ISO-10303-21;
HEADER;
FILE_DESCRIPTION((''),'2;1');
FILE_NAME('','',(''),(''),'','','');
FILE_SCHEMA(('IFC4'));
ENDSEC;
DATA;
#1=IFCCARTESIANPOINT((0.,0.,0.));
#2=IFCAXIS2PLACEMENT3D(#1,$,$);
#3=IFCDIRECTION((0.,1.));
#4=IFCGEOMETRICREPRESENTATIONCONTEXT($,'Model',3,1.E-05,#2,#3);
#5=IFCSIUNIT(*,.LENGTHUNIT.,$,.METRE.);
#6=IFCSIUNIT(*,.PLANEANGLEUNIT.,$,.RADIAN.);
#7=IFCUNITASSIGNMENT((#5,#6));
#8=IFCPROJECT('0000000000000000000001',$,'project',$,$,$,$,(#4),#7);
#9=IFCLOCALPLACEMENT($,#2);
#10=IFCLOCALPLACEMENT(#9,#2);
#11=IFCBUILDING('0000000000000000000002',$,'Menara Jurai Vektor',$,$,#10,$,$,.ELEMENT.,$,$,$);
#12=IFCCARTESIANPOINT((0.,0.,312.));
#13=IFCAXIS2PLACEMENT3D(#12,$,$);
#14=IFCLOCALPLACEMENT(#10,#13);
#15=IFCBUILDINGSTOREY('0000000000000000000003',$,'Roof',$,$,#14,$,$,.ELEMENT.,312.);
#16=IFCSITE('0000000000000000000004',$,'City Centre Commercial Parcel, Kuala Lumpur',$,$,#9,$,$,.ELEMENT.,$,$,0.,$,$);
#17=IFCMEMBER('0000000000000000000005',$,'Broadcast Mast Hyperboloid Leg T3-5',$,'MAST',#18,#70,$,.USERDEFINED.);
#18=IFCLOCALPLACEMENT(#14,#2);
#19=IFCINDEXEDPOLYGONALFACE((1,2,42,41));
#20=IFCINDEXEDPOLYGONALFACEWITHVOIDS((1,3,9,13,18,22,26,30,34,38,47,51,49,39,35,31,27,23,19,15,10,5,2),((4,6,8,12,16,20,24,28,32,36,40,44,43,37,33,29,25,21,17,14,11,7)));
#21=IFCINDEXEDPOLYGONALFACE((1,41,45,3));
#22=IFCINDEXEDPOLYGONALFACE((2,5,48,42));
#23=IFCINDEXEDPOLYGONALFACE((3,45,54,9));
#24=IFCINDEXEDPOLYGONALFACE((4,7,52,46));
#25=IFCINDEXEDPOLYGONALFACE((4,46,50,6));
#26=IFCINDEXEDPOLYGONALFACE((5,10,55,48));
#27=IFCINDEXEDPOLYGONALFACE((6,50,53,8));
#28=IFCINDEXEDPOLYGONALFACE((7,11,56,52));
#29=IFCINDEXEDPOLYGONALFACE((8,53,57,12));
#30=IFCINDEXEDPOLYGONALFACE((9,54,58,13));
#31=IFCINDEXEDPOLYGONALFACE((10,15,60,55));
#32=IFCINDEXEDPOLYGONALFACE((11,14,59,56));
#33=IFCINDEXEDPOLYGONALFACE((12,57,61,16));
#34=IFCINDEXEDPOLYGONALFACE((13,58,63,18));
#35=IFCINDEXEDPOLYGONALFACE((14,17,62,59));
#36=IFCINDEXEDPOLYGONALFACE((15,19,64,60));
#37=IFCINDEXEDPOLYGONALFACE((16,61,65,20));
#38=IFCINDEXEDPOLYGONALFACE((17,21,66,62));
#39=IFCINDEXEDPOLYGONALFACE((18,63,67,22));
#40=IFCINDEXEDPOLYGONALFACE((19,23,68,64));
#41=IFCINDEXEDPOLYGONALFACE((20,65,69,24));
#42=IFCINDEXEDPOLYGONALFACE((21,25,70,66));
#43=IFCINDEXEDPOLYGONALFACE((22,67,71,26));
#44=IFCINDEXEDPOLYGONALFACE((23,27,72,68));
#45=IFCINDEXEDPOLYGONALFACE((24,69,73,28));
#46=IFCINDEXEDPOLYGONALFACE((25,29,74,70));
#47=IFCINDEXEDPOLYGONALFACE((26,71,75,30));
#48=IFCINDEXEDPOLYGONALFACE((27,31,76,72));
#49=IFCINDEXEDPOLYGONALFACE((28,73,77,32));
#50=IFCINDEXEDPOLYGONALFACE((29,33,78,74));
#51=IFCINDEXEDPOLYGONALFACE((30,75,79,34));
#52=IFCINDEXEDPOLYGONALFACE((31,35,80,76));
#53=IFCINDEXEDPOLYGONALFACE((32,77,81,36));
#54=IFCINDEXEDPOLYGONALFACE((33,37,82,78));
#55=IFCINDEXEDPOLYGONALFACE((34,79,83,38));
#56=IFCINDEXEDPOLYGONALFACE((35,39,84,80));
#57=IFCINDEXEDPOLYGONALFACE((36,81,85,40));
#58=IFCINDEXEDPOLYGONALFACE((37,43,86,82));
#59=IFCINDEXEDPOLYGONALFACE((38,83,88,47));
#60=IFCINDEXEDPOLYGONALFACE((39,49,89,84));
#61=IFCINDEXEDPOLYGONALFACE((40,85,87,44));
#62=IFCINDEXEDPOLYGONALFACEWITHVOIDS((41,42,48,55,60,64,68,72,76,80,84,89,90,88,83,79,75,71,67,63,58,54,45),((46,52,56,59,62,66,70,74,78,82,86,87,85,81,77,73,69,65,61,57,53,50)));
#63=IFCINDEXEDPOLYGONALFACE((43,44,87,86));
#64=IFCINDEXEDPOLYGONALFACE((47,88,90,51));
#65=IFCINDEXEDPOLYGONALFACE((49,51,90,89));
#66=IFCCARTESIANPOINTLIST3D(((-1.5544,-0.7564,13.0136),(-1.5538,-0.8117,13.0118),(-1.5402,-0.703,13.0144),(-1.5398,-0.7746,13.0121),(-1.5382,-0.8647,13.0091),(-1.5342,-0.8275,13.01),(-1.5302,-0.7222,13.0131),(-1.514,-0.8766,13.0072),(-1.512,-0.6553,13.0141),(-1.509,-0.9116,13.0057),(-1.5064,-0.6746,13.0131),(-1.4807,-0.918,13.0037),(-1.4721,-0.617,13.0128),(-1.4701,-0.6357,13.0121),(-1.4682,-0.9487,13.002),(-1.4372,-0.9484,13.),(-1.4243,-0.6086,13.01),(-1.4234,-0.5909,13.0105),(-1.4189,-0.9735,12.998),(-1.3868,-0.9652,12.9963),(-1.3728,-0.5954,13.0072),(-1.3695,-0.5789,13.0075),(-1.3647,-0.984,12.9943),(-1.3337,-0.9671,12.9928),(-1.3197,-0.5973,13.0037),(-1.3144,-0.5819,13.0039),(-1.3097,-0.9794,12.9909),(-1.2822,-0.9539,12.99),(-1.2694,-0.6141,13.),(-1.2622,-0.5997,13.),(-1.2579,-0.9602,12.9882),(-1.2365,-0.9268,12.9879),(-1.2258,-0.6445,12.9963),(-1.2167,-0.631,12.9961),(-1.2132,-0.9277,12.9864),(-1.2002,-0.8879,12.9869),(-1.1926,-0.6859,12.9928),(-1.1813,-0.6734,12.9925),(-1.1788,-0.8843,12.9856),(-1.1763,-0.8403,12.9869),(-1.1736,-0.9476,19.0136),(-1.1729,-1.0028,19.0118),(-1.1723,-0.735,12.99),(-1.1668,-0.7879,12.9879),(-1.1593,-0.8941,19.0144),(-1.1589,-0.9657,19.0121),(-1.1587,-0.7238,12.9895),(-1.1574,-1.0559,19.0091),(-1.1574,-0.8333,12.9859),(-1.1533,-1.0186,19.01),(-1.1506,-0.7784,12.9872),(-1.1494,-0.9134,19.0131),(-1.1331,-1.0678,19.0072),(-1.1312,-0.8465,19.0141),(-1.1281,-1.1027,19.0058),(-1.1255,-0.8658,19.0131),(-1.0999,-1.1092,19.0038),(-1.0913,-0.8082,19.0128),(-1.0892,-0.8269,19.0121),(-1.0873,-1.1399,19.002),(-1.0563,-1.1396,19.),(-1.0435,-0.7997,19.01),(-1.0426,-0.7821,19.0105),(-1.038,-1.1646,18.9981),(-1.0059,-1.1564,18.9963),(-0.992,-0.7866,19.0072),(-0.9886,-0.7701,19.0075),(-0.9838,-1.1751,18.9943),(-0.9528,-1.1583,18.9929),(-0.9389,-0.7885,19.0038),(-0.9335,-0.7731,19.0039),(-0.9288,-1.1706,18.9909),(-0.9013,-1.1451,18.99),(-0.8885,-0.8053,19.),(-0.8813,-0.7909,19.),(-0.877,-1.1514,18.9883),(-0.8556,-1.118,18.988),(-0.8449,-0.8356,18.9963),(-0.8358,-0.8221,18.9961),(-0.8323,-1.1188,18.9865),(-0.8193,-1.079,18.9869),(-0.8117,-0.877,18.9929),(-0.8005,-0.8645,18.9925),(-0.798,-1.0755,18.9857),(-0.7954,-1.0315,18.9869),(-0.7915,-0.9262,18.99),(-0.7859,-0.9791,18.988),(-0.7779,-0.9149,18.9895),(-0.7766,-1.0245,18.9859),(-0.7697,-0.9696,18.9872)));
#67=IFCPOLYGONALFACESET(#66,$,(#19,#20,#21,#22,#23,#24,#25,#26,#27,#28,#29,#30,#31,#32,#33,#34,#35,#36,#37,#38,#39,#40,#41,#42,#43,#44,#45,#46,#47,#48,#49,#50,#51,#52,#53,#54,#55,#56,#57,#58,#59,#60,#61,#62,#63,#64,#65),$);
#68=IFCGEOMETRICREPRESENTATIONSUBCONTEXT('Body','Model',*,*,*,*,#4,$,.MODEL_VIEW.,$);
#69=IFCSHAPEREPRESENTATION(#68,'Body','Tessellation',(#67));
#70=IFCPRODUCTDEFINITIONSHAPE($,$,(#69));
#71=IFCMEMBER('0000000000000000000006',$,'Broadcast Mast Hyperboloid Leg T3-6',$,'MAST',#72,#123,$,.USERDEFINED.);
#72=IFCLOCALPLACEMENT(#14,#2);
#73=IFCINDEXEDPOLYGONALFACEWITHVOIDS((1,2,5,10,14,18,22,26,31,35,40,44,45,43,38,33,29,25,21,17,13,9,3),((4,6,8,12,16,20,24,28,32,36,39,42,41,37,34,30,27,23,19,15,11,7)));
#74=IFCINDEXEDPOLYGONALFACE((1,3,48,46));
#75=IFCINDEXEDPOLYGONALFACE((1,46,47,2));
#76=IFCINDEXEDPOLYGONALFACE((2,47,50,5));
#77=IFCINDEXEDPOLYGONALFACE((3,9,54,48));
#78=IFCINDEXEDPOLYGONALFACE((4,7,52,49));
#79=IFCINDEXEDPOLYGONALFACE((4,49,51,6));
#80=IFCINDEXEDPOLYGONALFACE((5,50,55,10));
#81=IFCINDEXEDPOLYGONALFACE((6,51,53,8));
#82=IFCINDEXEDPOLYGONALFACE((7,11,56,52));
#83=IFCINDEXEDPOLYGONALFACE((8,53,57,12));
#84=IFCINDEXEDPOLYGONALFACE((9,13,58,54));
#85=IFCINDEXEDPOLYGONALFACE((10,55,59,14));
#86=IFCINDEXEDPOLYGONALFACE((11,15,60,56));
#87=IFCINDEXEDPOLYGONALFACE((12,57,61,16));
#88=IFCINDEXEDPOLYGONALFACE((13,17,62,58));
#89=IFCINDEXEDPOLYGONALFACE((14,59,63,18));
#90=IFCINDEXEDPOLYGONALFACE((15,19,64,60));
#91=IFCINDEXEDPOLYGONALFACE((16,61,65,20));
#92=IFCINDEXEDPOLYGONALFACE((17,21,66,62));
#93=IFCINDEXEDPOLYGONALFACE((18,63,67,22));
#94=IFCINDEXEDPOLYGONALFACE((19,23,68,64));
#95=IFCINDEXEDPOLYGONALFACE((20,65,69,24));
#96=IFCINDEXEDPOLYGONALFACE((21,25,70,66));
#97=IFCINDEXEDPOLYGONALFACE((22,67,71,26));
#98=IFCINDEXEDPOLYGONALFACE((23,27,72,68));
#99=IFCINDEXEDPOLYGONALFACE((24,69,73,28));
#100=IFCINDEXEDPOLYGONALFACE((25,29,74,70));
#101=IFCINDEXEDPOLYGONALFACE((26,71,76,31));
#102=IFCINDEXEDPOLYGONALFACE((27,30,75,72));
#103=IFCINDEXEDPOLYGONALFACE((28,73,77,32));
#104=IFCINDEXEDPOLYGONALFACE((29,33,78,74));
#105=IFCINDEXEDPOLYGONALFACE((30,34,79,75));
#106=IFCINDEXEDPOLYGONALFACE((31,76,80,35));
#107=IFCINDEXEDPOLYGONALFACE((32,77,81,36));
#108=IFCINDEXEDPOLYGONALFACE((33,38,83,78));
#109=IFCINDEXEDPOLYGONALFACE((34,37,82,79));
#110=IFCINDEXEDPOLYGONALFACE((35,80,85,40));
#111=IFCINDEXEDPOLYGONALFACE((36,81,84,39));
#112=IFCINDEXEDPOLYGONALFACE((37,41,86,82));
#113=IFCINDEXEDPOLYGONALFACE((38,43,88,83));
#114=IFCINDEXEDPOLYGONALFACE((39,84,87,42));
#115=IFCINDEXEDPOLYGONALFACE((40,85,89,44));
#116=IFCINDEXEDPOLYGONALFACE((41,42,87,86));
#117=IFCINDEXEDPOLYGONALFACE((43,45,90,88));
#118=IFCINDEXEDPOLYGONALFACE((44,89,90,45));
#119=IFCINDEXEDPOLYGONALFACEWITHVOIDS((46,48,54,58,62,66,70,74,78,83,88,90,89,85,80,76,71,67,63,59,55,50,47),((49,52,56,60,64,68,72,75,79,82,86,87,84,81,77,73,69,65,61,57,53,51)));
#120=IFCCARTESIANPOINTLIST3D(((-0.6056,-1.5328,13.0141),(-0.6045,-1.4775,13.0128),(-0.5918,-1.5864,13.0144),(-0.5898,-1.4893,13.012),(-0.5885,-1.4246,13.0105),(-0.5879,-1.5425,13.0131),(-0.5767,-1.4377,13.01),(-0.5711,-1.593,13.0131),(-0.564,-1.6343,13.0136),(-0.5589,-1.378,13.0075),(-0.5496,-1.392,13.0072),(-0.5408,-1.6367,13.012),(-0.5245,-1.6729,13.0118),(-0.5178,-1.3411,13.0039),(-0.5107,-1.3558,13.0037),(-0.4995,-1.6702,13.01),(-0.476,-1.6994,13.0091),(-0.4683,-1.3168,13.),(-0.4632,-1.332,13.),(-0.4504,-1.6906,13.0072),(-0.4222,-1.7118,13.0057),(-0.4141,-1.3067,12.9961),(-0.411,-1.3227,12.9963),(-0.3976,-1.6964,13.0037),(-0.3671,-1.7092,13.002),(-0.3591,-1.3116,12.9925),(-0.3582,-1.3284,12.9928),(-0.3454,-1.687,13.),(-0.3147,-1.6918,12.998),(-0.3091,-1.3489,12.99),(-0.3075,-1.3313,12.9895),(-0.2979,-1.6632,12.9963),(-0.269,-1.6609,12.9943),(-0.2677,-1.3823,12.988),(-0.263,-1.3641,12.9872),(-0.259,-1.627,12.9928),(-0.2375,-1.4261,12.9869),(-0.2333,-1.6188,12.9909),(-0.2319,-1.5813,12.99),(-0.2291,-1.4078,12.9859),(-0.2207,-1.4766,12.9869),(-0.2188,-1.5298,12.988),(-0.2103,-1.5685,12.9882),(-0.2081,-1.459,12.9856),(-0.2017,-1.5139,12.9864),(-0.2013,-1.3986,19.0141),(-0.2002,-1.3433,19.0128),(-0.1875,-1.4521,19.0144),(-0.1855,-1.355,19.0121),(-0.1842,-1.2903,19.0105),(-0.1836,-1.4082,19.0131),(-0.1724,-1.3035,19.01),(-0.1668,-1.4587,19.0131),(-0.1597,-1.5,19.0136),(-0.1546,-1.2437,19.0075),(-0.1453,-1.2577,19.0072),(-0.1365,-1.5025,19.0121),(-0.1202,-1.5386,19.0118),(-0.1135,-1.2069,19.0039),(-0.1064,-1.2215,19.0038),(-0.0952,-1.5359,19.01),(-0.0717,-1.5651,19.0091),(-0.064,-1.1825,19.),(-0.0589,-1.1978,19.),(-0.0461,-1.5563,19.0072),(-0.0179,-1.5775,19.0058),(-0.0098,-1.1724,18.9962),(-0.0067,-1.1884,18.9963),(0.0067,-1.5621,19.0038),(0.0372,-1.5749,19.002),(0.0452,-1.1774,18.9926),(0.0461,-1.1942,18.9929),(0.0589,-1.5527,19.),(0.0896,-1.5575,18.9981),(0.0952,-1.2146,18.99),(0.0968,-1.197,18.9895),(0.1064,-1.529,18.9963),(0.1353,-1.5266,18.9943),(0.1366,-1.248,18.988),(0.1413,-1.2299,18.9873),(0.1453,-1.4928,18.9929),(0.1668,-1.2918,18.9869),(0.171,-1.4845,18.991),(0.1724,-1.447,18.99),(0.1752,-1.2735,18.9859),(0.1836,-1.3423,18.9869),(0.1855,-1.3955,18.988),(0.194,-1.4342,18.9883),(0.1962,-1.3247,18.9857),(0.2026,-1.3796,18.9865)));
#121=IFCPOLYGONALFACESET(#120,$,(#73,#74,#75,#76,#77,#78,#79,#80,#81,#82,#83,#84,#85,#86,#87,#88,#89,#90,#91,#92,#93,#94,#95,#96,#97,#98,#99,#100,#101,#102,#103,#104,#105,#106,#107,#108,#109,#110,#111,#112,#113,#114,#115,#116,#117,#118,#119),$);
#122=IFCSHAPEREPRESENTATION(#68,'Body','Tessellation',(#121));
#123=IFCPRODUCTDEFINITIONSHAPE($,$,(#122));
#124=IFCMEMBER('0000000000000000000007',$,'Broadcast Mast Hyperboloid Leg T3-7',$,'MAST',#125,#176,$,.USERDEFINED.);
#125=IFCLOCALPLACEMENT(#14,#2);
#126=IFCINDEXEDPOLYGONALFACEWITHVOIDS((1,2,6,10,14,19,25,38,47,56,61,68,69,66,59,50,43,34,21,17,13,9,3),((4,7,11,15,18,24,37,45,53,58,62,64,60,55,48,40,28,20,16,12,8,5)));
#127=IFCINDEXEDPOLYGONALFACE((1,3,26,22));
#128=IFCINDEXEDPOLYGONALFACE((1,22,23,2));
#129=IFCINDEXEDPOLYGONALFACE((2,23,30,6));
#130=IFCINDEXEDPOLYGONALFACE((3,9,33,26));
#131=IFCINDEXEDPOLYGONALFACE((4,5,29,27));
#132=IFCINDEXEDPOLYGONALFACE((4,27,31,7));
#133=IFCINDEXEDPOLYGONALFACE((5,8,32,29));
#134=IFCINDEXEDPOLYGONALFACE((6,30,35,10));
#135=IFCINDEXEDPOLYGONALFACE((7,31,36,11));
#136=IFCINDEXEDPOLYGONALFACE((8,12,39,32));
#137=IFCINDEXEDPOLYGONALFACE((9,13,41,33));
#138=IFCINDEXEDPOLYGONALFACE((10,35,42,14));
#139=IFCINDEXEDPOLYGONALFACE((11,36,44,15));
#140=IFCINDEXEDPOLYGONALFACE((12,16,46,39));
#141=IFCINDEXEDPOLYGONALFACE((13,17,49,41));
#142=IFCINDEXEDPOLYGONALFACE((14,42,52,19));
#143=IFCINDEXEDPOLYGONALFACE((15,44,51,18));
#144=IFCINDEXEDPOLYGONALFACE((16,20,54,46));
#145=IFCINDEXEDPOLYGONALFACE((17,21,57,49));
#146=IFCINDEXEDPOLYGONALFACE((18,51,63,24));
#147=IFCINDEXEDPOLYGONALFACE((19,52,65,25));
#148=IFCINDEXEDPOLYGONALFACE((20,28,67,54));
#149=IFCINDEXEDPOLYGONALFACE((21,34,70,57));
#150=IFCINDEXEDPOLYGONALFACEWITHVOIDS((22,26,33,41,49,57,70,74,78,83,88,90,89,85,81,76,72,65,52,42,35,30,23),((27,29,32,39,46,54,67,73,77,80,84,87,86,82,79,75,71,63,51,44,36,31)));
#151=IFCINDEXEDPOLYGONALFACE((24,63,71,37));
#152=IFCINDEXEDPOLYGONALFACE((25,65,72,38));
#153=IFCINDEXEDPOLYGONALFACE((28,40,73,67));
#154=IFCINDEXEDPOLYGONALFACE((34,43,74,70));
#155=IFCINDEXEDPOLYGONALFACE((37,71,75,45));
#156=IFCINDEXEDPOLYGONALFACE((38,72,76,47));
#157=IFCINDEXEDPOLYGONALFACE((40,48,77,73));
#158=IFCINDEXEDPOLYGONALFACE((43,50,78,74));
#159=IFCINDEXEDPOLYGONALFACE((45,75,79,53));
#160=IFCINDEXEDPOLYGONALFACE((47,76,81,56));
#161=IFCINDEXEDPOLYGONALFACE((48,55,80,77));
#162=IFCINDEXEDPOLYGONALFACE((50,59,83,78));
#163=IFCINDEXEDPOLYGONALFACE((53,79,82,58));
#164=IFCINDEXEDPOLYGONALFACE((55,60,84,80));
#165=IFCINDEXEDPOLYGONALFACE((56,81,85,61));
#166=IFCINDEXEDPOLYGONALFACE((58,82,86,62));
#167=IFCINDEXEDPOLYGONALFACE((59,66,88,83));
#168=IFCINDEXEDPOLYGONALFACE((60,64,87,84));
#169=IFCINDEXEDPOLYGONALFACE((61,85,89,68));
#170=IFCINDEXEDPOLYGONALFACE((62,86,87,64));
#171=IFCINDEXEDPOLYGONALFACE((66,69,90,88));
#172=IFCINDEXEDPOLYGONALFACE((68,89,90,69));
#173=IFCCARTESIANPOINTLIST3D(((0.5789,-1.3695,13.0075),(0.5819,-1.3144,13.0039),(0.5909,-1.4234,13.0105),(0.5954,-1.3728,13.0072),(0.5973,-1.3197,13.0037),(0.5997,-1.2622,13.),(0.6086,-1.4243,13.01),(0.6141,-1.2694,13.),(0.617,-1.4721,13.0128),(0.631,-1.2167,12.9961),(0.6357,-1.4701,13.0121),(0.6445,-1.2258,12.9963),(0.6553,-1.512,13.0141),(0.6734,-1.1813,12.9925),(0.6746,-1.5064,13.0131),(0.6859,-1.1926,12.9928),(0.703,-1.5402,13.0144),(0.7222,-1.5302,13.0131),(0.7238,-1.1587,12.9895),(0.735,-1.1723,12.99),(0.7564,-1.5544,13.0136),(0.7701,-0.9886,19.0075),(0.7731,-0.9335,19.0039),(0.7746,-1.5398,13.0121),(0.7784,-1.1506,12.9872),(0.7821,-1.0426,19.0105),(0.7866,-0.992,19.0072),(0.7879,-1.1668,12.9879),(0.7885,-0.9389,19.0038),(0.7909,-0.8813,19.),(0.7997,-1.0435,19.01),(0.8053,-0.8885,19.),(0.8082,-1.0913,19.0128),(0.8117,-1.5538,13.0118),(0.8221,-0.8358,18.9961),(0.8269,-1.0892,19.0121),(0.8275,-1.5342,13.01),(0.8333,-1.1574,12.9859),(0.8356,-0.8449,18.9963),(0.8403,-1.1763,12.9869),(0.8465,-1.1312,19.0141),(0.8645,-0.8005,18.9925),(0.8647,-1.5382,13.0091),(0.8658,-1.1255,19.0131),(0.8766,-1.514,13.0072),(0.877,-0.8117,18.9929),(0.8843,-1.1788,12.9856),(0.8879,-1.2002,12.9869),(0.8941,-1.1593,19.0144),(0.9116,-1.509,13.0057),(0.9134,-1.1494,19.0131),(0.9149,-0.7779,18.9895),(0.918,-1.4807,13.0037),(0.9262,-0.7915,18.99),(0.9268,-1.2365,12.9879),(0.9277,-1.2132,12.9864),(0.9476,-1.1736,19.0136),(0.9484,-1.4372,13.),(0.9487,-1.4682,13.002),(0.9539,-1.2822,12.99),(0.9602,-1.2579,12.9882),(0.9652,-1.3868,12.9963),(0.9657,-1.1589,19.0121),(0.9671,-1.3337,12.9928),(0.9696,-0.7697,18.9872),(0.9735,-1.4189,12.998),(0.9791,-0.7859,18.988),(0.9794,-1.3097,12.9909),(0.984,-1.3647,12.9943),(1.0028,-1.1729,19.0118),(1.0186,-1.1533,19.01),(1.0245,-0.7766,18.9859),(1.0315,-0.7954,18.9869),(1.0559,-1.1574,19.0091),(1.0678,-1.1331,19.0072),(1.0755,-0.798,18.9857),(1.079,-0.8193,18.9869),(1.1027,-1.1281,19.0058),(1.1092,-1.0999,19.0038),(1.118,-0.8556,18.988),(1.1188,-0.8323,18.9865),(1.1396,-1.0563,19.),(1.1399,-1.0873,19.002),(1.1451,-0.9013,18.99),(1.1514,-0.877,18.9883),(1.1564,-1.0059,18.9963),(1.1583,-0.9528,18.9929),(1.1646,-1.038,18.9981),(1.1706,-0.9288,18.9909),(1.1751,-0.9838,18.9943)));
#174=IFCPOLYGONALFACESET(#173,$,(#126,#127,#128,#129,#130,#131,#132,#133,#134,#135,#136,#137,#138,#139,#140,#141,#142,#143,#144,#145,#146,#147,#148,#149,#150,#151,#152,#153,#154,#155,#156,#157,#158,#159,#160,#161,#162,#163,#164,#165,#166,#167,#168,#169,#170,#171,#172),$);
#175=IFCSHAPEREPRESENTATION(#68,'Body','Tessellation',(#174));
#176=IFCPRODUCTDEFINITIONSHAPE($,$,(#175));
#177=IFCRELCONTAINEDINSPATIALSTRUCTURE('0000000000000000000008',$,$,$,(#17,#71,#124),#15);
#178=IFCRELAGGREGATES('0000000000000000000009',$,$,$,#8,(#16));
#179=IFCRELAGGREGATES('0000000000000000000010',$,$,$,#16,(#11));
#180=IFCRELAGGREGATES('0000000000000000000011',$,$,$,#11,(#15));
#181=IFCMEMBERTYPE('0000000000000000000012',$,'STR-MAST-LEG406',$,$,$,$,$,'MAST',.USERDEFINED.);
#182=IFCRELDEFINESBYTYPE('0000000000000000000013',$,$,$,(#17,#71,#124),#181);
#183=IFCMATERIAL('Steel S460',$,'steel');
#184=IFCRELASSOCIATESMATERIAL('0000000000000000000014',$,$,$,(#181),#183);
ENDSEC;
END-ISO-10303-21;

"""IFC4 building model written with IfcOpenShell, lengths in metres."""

from ifc_helpers import new_model, si_unit, direction, frame, origin, origin_2d, place, context, subcontext, project, spatial, hollow_circle, extrude, material, material_profile, profile_set, type_object, element, save


model = new_model("IFC4")

# Units and contexts
model_context = context("Model", 3, precision=1e-05, world=origin(), true_north=direction((0.0, 1.0)))
body_context = subcontext(model_context, "Body", "Model", "MODEL_VIEW")
ifc_project = project(units=[si_unit("LENGTHUNIT", "METRE"), si_unit("PLANEANGLEUNIT", "RADIAN")], contexts=[model_context])

# Site, building, storey
site_placement = place(None, origin())
site = spatial("IfcSite", under=ifc_project, at=site_placement, Name="City Centre Commercial Parcel, Kuala Lumpur", CompositionType="ELEMENT", RefElevation=0.0)
building_placement = place(site_placement, origin())
building = spatial("IfcBuilding", under=site, at=building_placement, Name="Menara Jurai Vektor", CompositionType="ELEMENT")
storey_placement = place(building_placement, frame((0.0, 0.0, 312.0)))
storey = spatial("IfcBuildingStorey", under=building, at=storey_placement, Name="Roof", CompositionType="ELEMENT", Elevation=312.0)

# Members
ifc_material = material(Name="Steel S460", Category="steel")
ifc_material_profile_1 = material_profile(ifc_material, hollow_circle(Radius=0.2031, WallThickness=0.0161, at=origin_2d()), Name="CHS 406.4x16")
ifc_profile_set_1 = profile_set([ifc_material_profile_1], Name="Steel S460")
member_type_1 = type_object("IfcMemberType", Name="STR-MAST-LEG406", ElementType="MAST", PredefinedType="USERDEFINED", material=ifc_profile_set_1)
for number, where, z_axis, x_axis, name in (
    (1, (-1.3533, -0.7812, 13.0), (0.063317, -0.03178, 0.997487), (0.448588, 0.893739, 0.0), "Broadcast Mast Hyperboloid Leg T3-5"),
    (2, (-0.4043, -1.5095, 13.0), (0.067214, 0.022323, 0.997489), (-0.315196, 0.949027, 0.0), "Broadcast Mast Hyperboloid Leg T3-6"),
    (3, (0.7812, -1.3533, 13.0), (0.03178, 0.063317, 0.997487), (-0.893739, 0.448588, 0.0), "Broadcast Mast Hyperboloid Leg T3-7"),
):
    element("IfcMember", number, at=place(storey_placement, frame(where, z_axis=z_axis, x_axis=x_axis)), inside=storey, type_object=member_type_1, Name=name, ObjectType="MAST", PredefinedType="USERDEFINED", context=body_context, shape_type="SweptSolid", body=[
        extrude(hollow_circle(Radius=0.2031, WallThickness=0.0161, at=origin_2d()), origin(), (0.0, 0.0, 1.0), 6.0151),
    ])

save(model, "model.ifc")
